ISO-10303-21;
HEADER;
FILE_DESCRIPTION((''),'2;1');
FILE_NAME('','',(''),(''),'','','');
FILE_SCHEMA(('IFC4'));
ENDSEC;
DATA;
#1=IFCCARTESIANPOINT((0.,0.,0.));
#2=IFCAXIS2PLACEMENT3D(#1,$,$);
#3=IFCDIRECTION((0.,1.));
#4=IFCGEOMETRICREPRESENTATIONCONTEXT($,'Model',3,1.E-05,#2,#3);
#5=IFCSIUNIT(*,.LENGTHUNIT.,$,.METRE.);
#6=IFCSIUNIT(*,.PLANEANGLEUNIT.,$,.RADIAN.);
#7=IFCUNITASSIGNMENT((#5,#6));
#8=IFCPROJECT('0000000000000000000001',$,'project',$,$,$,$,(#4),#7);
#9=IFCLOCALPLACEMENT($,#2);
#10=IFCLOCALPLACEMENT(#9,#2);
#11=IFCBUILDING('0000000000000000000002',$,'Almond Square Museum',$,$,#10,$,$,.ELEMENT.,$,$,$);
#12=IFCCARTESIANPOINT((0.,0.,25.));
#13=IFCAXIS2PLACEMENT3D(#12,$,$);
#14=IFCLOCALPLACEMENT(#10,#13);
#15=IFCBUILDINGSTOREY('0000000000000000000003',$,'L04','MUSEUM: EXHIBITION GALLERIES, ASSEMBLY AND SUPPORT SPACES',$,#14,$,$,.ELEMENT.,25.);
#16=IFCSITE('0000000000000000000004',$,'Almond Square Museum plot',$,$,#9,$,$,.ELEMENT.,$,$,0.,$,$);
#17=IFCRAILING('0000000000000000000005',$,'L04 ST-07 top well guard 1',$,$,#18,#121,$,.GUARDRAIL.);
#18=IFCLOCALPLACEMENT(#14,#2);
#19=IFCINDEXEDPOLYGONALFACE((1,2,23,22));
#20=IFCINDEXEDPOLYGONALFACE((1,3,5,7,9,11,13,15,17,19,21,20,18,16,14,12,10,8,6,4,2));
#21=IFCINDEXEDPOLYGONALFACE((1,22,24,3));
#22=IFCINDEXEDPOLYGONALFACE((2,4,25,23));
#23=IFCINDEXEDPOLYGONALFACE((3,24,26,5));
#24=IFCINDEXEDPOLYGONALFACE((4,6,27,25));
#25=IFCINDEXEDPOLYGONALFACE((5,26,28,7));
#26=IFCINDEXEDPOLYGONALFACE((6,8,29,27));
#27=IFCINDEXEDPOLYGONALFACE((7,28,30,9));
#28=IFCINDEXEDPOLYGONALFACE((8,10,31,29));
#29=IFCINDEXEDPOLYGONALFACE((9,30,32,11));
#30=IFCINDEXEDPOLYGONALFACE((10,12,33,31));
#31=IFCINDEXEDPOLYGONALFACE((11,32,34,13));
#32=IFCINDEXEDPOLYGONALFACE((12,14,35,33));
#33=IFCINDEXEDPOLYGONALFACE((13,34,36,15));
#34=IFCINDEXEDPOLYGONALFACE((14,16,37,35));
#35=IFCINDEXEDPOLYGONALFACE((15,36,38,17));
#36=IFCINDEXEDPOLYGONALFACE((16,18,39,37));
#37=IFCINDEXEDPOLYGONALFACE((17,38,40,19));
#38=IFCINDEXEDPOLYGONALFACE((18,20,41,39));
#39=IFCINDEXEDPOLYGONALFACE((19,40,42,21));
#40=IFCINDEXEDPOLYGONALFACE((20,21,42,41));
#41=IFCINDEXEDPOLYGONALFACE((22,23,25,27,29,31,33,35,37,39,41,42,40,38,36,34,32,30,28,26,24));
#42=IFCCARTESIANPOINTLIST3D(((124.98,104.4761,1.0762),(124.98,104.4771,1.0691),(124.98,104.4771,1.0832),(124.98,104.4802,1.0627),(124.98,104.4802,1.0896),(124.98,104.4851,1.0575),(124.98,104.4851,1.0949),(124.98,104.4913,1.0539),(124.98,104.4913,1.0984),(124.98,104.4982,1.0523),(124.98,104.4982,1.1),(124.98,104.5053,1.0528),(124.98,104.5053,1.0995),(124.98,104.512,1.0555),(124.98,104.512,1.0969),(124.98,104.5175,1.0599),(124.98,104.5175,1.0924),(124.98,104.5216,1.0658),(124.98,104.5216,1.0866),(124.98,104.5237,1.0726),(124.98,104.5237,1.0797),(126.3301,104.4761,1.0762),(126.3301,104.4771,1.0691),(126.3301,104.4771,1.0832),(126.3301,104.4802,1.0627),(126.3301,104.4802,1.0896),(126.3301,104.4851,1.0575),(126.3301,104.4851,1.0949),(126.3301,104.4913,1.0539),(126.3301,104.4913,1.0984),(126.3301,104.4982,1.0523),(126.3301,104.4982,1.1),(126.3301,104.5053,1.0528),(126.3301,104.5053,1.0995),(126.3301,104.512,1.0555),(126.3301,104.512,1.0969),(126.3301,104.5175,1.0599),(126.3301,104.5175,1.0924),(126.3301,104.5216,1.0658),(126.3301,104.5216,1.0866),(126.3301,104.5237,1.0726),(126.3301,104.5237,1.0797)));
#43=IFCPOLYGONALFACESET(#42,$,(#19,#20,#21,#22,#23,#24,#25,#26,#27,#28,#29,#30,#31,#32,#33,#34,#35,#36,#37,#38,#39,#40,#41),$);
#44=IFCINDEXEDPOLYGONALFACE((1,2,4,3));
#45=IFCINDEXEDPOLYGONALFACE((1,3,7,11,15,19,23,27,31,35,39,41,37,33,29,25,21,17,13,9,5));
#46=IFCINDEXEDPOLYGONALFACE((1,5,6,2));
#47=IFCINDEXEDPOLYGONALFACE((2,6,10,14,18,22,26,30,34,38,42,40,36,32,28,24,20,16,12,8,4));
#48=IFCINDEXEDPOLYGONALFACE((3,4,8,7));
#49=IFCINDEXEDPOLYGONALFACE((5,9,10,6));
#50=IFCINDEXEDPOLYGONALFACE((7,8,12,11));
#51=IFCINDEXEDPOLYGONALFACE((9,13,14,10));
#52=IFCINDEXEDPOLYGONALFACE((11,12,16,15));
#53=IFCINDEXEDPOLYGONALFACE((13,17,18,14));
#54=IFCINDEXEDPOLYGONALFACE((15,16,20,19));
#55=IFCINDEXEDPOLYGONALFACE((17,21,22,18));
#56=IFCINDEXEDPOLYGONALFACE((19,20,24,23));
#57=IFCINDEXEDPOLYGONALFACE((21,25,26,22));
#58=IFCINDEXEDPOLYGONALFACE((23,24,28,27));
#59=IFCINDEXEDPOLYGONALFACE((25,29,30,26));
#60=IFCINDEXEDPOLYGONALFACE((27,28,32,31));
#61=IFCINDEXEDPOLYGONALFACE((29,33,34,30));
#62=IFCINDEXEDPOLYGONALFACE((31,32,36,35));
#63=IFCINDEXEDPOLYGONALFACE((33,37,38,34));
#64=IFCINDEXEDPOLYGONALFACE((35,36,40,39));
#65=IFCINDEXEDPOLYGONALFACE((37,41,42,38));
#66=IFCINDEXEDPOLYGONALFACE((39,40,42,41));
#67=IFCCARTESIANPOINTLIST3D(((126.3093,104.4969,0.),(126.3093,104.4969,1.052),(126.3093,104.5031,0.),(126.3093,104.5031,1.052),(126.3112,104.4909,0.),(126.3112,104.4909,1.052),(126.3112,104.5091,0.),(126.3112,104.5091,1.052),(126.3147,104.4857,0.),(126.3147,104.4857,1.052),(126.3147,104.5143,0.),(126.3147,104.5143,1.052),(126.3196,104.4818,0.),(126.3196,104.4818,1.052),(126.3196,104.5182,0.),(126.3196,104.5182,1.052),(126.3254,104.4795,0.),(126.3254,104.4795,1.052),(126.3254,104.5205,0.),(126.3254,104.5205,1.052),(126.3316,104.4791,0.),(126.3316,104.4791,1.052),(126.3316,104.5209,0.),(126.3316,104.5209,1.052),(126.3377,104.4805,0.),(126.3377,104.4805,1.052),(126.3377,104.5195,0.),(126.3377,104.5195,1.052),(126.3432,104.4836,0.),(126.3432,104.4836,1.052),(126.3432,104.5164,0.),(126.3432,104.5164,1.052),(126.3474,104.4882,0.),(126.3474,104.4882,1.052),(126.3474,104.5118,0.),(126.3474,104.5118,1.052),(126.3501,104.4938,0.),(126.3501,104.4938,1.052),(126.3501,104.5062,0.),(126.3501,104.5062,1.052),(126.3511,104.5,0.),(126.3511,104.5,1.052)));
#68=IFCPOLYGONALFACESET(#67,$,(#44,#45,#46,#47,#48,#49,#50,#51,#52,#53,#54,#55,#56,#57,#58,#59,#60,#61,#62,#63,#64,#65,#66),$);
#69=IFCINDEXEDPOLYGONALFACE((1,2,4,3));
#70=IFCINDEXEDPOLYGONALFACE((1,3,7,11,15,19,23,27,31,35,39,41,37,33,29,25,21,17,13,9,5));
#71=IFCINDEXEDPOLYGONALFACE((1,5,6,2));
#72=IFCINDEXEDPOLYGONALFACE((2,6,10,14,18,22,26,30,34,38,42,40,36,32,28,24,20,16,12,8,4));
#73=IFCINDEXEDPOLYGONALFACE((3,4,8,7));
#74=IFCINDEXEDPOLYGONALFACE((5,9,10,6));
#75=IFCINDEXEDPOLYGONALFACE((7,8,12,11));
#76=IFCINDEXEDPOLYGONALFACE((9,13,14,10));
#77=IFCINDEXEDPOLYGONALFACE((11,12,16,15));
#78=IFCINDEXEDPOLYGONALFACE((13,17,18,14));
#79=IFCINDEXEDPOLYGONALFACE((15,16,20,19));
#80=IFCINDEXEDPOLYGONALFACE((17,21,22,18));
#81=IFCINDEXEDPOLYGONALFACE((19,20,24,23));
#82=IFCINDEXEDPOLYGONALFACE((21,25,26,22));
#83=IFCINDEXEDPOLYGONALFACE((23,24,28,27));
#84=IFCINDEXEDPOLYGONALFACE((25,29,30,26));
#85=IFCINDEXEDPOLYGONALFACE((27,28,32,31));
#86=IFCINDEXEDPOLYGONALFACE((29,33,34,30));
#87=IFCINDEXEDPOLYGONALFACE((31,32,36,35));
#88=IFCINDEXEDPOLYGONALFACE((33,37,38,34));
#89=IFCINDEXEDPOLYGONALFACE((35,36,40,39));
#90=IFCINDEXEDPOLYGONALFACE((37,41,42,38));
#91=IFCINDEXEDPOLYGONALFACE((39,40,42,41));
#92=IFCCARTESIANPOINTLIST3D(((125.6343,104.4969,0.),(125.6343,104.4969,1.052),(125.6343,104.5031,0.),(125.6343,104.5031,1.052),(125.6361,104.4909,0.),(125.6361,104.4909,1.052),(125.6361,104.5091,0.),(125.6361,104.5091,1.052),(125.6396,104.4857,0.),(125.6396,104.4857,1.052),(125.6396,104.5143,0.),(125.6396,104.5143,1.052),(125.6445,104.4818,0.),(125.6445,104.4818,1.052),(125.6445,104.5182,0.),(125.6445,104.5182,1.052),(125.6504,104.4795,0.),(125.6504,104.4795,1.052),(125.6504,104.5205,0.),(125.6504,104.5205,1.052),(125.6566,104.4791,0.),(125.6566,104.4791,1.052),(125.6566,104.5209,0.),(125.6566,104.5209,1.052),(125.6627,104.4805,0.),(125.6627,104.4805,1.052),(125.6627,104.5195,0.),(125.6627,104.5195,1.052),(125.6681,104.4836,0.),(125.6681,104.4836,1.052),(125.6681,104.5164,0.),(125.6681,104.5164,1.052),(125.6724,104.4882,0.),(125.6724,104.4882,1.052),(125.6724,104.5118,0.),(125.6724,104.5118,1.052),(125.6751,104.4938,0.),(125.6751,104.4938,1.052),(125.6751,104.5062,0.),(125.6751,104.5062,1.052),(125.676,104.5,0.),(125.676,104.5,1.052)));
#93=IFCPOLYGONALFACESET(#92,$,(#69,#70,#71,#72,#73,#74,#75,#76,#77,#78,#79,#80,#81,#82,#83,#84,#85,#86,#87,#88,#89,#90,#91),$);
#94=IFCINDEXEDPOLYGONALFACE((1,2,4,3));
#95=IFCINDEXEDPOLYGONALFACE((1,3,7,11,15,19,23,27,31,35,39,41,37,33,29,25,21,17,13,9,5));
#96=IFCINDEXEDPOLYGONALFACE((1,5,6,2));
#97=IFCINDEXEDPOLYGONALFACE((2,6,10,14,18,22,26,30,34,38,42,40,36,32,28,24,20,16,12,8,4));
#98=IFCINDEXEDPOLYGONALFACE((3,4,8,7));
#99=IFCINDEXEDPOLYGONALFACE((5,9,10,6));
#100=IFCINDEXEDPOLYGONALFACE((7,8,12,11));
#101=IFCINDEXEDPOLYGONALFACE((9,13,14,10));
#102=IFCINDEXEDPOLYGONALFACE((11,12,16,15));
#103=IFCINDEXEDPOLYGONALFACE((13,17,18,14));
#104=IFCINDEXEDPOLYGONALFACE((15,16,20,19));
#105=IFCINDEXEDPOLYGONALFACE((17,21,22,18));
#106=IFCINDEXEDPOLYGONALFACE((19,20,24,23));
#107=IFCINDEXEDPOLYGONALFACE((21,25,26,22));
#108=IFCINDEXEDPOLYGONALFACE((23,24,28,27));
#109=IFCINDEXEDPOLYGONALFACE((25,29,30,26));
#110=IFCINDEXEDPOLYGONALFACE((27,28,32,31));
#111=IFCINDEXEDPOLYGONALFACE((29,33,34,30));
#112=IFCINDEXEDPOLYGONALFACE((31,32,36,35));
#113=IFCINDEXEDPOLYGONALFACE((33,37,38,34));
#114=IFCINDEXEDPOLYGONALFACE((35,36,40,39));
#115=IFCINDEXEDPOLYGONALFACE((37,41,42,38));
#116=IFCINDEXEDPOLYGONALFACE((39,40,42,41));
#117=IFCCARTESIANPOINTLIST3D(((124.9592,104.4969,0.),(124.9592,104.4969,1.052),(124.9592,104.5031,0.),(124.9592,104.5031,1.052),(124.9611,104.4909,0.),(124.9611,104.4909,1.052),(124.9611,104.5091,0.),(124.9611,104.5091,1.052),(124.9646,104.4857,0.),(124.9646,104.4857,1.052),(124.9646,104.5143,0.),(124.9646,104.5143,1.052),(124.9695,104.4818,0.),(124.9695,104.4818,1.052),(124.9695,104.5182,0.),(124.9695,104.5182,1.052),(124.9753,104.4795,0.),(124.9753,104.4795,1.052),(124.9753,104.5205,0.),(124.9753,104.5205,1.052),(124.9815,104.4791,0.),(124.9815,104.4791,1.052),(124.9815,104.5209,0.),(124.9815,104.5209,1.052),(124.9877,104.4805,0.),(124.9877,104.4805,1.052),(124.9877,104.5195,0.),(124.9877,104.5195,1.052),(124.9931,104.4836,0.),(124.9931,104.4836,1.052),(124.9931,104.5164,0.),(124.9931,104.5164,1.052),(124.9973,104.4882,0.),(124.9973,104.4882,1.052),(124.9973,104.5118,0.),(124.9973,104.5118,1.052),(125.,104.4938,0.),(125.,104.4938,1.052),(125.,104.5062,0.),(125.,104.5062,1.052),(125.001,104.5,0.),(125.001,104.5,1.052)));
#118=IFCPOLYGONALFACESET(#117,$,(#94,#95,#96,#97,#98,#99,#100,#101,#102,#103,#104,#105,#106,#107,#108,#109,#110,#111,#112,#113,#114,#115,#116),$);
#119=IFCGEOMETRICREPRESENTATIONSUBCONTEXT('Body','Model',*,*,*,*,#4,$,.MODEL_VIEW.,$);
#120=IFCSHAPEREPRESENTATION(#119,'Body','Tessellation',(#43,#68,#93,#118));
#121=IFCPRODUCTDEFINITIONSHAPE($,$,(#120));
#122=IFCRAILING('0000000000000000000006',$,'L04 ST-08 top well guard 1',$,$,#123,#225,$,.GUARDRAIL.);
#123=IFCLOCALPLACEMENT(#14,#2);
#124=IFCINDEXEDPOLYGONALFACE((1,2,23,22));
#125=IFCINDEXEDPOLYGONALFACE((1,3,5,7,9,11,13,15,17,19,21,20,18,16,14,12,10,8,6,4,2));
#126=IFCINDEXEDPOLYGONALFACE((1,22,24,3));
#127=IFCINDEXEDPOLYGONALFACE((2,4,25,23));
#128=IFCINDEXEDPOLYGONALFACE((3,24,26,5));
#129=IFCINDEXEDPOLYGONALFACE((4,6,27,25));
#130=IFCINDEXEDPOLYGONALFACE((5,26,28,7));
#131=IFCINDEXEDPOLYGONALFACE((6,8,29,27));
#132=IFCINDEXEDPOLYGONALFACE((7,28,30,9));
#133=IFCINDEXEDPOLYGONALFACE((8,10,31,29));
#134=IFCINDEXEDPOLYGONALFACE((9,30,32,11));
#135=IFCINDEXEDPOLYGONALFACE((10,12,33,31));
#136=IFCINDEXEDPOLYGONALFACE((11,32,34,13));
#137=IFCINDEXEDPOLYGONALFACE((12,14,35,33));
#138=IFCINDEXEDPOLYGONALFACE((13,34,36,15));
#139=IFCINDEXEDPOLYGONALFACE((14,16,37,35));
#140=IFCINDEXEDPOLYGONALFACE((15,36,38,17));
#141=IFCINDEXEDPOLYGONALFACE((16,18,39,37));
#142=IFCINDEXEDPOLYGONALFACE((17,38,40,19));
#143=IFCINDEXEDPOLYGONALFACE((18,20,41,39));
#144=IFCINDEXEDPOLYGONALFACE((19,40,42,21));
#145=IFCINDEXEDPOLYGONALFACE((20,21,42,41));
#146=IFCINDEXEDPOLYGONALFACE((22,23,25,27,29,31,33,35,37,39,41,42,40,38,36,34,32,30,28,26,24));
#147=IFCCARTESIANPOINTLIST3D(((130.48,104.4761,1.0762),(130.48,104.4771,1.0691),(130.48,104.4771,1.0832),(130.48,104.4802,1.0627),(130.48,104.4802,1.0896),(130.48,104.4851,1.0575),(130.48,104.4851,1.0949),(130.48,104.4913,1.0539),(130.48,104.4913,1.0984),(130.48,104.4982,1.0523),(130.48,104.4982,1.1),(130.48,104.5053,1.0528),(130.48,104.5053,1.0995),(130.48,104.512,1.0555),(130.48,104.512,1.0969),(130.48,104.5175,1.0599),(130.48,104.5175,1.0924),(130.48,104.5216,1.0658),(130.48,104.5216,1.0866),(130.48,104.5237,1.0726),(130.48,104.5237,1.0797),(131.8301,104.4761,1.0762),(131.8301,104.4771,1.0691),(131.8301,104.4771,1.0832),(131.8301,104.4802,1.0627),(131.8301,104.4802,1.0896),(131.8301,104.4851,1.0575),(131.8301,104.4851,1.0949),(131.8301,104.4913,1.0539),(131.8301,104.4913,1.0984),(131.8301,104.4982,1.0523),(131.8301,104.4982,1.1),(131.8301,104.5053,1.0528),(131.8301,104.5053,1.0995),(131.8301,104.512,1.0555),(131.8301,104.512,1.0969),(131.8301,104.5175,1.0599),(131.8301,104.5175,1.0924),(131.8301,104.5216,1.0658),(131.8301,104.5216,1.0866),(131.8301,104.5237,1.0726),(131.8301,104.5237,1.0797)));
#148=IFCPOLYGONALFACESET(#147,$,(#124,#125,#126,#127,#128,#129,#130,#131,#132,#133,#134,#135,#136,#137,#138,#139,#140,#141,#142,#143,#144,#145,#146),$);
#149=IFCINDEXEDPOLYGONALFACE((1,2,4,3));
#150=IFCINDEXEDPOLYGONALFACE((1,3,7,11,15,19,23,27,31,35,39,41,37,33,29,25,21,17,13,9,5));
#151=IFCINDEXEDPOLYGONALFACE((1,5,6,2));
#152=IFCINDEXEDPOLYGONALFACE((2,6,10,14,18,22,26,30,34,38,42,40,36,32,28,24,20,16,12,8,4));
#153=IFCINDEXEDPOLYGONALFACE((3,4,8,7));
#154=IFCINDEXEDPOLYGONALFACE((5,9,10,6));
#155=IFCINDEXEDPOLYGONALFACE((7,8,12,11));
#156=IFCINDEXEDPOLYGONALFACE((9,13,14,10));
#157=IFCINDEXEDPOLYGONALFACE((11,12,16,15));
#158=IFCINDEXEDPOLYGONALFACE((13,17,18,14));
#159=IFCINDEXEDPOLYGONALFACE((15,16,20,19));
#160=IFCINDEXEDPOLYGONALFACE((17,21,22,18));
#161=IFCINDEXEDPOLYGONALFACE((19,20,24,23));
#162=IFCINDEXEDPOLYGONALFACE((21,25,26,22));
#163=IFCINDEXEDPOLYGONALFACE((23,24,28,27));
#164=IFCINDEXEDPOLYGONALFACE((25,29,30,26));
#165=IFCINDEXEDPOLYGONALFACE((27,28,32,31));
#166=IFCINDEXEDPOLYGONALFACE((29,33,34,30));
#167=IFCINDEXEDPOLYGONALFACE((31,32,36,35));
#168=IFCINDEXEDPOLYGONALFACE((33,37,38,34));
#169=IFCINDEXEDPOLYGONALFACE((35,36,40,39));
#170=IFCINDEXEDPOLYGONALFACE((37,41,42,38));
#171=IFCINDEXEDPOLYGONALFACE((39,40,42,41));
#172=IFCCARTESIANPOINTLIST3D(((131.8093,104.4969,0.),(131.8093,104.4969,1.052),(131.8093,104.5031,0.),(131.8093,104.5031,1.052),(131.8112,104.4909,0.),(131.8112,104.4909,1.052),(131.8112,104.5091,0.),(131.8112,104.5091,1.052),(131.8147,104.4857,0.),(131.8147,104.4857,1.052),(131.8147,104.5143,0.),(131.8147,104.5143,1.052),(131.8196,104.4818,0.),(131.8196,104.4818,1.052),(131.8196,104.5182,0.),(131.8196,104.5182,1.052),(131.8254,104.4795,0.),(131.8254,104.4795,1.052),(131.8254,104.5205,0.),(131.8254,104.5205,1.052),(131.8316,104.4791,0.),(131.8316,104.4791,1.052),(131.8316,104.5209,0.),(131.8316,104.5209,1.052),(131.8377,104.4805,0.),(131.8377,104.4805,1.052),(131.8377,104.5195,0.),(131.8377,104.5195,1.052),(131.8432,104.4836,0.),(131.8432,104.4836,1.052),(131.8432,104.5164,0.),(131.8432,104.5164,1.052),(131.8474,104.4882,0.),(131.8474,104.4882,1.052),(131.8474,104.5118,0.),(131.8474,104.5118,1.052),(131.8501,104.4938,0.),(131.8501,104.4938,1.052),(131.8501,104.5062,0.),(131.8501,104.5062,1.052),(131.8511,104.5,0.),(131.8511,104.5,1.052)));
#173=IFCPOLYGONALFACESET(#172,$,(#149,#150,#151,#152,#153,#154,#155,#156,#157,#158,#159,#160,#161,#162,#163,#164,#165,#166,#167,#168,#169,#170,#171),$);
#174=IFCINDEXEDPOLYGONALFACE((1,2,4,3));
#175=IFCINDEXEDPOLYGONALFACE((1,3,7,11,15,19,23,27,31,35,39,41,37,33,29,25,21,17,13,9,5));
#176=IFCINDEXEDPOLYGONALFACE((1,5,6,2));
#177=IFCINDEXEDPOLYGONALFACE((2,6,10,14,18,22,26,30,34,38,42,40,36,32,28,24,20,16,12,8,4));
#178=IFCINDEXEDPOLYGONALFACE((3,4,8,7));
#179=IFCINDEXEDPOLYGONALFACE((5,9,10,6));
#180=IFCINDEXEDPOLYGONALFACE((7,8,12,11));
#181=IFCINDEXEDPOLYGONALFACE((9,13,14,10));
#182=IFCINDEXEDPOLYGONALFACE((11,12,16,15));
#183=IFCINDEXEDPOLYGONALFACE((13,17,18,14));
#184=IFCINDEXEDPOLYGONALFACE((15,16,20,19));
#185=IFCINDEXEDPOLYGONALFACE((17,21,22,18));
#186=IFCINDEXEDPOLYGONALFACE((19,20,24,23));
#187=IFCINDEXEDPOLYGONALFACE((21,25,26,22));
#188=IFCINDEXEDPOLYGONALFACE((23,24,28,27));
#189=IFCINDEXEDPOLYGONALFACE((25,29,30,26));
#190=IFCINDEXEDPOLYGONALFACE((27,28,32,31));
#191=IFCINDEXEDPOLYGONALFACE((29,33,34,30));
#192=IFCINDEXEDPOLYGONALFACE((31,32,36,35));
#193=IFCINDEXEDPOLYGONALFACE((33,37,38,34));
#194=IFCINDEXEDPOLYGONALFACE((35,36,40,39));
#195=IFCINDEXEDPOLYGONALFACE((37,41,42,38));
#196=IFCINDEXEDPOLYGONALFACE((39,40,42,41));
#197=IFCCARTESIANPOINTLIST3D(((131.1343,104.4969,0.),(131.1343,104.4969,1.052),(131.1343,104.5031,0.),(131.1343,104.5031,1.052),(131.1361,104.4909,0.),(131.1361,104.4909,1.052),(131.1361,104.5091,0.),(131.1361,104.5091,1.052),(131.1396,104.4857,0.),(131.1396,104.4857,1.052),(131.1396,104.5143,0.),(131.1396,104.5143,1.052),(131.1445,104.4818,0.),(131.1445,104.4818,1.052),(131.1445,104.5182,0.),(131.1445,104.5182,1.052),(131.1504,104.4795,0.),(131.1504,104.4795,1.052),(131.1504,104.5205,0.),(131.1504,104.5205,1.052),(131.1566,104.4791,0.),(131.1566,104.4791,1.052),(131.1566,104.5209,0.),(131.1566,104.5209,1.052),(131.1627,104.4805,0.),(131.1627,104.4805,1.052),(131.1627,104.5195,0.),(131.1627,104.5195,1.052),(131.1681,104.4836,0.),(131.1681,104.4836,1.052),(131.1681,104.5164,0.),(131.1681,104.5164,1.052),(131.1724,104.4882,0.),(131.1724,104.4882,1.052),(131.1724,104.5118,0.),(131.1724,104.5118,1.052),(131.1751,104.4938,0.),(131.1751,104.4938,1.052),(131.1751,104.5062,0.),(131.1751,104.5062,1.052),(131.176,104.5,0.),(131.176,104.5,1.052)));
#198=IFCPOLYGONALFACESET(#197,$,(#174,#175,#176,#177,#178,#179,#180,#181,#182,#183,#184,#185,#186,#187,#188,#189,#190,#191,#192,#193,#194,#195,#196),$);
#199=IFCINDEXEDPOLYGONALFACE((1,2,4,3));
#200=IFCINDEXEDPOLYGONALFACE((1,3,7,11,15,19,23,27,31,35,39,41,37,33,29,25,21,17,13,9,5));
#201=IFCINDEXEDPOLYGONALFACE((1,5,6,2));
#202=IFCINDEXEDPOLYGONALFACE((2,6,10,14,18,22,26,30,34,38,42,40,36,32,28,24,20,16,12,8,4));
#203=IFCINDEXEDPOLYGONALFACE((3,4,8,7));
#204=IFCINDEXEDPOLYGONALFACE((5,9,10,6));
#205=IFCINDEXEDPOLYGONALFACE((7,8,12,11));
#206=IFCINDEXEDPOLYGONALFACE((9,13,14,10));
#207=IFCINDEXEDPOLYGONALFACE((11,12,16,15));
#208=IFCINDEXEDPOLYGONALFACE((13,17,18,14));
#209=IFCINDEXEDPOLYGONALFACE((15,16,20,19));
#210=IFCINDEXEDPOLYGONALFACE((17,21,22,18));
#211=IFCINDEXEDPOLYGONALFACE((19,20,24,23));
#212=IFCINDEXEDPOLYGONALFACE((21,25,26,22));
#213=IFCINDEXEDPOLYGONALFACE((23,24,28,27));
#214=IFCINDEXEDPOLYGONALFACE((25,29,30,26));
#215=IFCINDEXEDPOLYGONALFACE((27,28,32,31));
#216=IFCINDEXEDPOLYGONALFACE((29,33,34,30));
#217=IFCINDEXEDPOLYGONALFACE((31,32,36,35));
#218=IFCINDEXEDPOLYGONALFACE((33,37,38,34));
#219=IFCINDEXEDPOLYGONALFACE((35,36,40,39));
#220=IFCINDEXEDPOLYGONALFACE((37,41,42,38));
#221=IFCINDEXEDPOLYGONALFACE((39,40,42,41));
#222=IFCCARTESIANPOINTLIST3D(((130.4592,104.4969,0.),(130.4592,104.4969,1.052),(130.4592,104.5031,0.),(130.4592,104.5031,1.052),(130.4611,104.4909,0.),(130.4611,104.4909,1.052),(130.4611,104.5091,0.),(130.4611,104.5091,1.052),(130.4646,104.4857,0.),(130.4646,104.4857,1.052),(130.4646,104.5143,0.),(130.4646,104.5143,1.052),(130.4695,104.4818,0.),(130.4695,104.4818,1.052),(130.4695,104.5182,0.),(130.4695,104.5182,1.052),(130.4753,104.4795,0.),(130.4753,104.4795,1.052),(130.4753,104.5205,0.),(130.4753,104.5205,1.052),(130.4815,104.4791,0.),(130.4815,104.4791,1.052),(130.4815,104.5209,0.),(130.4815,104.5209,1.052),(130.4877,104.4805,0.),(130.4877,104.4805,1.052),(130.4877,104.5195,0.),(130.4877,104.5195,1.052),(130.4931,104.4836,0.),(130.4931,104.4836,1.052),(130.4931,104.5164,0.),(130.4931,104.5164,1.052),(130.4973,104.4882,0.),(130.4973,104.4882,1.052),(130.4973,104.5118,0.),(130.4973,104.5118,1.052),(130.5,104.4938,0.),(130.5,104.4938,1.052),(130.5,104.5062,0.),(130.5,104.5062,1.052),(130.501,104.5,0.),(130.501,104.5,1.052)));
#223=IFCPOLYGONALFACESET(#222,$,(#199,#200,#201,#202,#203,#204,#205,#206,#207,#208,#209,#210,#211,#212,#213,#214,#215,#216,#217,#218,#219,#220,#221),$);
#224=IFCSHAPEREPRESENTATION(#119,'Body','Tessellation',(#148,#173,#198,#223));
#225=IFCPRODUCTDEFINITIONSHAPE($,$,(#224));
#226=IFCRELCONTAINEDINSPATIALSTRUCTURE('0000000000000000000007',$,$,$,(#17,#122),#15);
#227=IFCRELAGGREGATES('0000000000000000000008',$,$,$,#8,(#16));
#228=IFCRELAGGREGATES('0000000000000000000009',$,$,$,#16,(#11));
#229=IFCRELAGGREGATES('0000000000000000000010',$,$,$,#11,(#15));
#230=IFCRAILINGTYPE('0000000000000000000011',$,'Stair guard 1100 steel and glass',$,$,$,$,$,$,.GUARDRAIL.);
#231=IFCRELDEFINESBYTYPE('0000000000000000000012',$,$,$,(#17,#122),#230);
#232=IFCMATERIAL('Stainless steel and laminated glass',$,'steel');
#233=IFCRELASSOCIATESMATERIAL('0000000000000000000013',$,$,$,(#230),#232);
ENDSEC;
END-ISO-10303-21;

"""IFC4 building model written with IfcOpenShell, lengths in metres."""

from ifc_helpers import new_model, si_unit, direction, frame, origin, origin_2d, place, context, subcontext, project, spatial, circle, extrude, material, type_object, element, save


model = new_model("IFC4")

# Units and contexts
model_context = context("Model", 3, precision=1e-05, world=origin(), true_north=direction((0.0, 1.0)))
body_context = subcontext(model_context, "Body", "Model", "MODEL_VIEW")
ifc_project = project(units=[si_unit("LENGTHUNIT", "METRE"), si_unit("PLANEANGLEUNIT", "RADIAN")], contexts=[model_context])

# Site, building, storey
site_placement = place(None, origin())
site = spatial("IfcSite", under=ifc_project, at=site_placement, Name="Almond Square Museum plot", CompositionType="ELEMENT", RefElevation=0.0)
building_placement = place(site_placement, origin())
building = spatial("IfcBuilding", under=site, at=building_placement, Name="Almond Square Museum", CompositionType="ELEMENT")
storey_placement = place(building_placement, frame((0.0, 0.0, 25.0)))
storey = spatial("IfcBuildingStorey", under=building, at=storey_placement, Name="L04", Description="MUSEUM: EXHIBITION GALLERIES, ASSEMBLY AND SUPPORT SPACES", CompositionType="ELEMENT", Elevation=25.0)

# Railings
ifc_material_1 = material(Name="Stainless steel and laminated glass", Category="steel")
railing_type = type_object("IfcRailingType", Name="Stair guard 1100 steel and glass", PredefinedType="GUARDRAIL", material=ifc_material_1)
for number, where, name in (
    (1, (126.3301, 104.5, 0.0), "L04 ST-07 top well guard 1"),
    (2, (131.8301, 104.5, 0.0), "L04 ST-08 top well guard 1"),
):
    element("IfcRailing", number, at=place(storey_placement, frame(where)), inside=storey, type_object=railing_type, Name=name, PredefinedType="GUARDRAIL", context=body_context, shape_type="SweptSolid", body=[
        extrude(circle(Radius=0.0239, at=origin_2d()), frame((0.0, 0.0, 1.0762), z_axis=(-1.0, 0.0, 0.0), x_axis=(0.0, -1.0, 0.0)), (0.0, 0.0, 1.0), 1.3501),
        extrude(circle(Radius=0.021, at=origin_2d()), origin(), (0.0, 0.0, 1.0), 1.052),
        extrude(circle(Radius=0.021, at=origin_2d()), frame((-0.675, 0.0, 0.0)), (0.0, 0.0, 1.0), 1.052),
        extrude(circle(Radius=0.021, at=origin_2d()), frame((-1.3501, 0.0, 0.0)), (0.0, 0.0, 1.0), 1.052),
    ])

save(model, "model.ifc")
